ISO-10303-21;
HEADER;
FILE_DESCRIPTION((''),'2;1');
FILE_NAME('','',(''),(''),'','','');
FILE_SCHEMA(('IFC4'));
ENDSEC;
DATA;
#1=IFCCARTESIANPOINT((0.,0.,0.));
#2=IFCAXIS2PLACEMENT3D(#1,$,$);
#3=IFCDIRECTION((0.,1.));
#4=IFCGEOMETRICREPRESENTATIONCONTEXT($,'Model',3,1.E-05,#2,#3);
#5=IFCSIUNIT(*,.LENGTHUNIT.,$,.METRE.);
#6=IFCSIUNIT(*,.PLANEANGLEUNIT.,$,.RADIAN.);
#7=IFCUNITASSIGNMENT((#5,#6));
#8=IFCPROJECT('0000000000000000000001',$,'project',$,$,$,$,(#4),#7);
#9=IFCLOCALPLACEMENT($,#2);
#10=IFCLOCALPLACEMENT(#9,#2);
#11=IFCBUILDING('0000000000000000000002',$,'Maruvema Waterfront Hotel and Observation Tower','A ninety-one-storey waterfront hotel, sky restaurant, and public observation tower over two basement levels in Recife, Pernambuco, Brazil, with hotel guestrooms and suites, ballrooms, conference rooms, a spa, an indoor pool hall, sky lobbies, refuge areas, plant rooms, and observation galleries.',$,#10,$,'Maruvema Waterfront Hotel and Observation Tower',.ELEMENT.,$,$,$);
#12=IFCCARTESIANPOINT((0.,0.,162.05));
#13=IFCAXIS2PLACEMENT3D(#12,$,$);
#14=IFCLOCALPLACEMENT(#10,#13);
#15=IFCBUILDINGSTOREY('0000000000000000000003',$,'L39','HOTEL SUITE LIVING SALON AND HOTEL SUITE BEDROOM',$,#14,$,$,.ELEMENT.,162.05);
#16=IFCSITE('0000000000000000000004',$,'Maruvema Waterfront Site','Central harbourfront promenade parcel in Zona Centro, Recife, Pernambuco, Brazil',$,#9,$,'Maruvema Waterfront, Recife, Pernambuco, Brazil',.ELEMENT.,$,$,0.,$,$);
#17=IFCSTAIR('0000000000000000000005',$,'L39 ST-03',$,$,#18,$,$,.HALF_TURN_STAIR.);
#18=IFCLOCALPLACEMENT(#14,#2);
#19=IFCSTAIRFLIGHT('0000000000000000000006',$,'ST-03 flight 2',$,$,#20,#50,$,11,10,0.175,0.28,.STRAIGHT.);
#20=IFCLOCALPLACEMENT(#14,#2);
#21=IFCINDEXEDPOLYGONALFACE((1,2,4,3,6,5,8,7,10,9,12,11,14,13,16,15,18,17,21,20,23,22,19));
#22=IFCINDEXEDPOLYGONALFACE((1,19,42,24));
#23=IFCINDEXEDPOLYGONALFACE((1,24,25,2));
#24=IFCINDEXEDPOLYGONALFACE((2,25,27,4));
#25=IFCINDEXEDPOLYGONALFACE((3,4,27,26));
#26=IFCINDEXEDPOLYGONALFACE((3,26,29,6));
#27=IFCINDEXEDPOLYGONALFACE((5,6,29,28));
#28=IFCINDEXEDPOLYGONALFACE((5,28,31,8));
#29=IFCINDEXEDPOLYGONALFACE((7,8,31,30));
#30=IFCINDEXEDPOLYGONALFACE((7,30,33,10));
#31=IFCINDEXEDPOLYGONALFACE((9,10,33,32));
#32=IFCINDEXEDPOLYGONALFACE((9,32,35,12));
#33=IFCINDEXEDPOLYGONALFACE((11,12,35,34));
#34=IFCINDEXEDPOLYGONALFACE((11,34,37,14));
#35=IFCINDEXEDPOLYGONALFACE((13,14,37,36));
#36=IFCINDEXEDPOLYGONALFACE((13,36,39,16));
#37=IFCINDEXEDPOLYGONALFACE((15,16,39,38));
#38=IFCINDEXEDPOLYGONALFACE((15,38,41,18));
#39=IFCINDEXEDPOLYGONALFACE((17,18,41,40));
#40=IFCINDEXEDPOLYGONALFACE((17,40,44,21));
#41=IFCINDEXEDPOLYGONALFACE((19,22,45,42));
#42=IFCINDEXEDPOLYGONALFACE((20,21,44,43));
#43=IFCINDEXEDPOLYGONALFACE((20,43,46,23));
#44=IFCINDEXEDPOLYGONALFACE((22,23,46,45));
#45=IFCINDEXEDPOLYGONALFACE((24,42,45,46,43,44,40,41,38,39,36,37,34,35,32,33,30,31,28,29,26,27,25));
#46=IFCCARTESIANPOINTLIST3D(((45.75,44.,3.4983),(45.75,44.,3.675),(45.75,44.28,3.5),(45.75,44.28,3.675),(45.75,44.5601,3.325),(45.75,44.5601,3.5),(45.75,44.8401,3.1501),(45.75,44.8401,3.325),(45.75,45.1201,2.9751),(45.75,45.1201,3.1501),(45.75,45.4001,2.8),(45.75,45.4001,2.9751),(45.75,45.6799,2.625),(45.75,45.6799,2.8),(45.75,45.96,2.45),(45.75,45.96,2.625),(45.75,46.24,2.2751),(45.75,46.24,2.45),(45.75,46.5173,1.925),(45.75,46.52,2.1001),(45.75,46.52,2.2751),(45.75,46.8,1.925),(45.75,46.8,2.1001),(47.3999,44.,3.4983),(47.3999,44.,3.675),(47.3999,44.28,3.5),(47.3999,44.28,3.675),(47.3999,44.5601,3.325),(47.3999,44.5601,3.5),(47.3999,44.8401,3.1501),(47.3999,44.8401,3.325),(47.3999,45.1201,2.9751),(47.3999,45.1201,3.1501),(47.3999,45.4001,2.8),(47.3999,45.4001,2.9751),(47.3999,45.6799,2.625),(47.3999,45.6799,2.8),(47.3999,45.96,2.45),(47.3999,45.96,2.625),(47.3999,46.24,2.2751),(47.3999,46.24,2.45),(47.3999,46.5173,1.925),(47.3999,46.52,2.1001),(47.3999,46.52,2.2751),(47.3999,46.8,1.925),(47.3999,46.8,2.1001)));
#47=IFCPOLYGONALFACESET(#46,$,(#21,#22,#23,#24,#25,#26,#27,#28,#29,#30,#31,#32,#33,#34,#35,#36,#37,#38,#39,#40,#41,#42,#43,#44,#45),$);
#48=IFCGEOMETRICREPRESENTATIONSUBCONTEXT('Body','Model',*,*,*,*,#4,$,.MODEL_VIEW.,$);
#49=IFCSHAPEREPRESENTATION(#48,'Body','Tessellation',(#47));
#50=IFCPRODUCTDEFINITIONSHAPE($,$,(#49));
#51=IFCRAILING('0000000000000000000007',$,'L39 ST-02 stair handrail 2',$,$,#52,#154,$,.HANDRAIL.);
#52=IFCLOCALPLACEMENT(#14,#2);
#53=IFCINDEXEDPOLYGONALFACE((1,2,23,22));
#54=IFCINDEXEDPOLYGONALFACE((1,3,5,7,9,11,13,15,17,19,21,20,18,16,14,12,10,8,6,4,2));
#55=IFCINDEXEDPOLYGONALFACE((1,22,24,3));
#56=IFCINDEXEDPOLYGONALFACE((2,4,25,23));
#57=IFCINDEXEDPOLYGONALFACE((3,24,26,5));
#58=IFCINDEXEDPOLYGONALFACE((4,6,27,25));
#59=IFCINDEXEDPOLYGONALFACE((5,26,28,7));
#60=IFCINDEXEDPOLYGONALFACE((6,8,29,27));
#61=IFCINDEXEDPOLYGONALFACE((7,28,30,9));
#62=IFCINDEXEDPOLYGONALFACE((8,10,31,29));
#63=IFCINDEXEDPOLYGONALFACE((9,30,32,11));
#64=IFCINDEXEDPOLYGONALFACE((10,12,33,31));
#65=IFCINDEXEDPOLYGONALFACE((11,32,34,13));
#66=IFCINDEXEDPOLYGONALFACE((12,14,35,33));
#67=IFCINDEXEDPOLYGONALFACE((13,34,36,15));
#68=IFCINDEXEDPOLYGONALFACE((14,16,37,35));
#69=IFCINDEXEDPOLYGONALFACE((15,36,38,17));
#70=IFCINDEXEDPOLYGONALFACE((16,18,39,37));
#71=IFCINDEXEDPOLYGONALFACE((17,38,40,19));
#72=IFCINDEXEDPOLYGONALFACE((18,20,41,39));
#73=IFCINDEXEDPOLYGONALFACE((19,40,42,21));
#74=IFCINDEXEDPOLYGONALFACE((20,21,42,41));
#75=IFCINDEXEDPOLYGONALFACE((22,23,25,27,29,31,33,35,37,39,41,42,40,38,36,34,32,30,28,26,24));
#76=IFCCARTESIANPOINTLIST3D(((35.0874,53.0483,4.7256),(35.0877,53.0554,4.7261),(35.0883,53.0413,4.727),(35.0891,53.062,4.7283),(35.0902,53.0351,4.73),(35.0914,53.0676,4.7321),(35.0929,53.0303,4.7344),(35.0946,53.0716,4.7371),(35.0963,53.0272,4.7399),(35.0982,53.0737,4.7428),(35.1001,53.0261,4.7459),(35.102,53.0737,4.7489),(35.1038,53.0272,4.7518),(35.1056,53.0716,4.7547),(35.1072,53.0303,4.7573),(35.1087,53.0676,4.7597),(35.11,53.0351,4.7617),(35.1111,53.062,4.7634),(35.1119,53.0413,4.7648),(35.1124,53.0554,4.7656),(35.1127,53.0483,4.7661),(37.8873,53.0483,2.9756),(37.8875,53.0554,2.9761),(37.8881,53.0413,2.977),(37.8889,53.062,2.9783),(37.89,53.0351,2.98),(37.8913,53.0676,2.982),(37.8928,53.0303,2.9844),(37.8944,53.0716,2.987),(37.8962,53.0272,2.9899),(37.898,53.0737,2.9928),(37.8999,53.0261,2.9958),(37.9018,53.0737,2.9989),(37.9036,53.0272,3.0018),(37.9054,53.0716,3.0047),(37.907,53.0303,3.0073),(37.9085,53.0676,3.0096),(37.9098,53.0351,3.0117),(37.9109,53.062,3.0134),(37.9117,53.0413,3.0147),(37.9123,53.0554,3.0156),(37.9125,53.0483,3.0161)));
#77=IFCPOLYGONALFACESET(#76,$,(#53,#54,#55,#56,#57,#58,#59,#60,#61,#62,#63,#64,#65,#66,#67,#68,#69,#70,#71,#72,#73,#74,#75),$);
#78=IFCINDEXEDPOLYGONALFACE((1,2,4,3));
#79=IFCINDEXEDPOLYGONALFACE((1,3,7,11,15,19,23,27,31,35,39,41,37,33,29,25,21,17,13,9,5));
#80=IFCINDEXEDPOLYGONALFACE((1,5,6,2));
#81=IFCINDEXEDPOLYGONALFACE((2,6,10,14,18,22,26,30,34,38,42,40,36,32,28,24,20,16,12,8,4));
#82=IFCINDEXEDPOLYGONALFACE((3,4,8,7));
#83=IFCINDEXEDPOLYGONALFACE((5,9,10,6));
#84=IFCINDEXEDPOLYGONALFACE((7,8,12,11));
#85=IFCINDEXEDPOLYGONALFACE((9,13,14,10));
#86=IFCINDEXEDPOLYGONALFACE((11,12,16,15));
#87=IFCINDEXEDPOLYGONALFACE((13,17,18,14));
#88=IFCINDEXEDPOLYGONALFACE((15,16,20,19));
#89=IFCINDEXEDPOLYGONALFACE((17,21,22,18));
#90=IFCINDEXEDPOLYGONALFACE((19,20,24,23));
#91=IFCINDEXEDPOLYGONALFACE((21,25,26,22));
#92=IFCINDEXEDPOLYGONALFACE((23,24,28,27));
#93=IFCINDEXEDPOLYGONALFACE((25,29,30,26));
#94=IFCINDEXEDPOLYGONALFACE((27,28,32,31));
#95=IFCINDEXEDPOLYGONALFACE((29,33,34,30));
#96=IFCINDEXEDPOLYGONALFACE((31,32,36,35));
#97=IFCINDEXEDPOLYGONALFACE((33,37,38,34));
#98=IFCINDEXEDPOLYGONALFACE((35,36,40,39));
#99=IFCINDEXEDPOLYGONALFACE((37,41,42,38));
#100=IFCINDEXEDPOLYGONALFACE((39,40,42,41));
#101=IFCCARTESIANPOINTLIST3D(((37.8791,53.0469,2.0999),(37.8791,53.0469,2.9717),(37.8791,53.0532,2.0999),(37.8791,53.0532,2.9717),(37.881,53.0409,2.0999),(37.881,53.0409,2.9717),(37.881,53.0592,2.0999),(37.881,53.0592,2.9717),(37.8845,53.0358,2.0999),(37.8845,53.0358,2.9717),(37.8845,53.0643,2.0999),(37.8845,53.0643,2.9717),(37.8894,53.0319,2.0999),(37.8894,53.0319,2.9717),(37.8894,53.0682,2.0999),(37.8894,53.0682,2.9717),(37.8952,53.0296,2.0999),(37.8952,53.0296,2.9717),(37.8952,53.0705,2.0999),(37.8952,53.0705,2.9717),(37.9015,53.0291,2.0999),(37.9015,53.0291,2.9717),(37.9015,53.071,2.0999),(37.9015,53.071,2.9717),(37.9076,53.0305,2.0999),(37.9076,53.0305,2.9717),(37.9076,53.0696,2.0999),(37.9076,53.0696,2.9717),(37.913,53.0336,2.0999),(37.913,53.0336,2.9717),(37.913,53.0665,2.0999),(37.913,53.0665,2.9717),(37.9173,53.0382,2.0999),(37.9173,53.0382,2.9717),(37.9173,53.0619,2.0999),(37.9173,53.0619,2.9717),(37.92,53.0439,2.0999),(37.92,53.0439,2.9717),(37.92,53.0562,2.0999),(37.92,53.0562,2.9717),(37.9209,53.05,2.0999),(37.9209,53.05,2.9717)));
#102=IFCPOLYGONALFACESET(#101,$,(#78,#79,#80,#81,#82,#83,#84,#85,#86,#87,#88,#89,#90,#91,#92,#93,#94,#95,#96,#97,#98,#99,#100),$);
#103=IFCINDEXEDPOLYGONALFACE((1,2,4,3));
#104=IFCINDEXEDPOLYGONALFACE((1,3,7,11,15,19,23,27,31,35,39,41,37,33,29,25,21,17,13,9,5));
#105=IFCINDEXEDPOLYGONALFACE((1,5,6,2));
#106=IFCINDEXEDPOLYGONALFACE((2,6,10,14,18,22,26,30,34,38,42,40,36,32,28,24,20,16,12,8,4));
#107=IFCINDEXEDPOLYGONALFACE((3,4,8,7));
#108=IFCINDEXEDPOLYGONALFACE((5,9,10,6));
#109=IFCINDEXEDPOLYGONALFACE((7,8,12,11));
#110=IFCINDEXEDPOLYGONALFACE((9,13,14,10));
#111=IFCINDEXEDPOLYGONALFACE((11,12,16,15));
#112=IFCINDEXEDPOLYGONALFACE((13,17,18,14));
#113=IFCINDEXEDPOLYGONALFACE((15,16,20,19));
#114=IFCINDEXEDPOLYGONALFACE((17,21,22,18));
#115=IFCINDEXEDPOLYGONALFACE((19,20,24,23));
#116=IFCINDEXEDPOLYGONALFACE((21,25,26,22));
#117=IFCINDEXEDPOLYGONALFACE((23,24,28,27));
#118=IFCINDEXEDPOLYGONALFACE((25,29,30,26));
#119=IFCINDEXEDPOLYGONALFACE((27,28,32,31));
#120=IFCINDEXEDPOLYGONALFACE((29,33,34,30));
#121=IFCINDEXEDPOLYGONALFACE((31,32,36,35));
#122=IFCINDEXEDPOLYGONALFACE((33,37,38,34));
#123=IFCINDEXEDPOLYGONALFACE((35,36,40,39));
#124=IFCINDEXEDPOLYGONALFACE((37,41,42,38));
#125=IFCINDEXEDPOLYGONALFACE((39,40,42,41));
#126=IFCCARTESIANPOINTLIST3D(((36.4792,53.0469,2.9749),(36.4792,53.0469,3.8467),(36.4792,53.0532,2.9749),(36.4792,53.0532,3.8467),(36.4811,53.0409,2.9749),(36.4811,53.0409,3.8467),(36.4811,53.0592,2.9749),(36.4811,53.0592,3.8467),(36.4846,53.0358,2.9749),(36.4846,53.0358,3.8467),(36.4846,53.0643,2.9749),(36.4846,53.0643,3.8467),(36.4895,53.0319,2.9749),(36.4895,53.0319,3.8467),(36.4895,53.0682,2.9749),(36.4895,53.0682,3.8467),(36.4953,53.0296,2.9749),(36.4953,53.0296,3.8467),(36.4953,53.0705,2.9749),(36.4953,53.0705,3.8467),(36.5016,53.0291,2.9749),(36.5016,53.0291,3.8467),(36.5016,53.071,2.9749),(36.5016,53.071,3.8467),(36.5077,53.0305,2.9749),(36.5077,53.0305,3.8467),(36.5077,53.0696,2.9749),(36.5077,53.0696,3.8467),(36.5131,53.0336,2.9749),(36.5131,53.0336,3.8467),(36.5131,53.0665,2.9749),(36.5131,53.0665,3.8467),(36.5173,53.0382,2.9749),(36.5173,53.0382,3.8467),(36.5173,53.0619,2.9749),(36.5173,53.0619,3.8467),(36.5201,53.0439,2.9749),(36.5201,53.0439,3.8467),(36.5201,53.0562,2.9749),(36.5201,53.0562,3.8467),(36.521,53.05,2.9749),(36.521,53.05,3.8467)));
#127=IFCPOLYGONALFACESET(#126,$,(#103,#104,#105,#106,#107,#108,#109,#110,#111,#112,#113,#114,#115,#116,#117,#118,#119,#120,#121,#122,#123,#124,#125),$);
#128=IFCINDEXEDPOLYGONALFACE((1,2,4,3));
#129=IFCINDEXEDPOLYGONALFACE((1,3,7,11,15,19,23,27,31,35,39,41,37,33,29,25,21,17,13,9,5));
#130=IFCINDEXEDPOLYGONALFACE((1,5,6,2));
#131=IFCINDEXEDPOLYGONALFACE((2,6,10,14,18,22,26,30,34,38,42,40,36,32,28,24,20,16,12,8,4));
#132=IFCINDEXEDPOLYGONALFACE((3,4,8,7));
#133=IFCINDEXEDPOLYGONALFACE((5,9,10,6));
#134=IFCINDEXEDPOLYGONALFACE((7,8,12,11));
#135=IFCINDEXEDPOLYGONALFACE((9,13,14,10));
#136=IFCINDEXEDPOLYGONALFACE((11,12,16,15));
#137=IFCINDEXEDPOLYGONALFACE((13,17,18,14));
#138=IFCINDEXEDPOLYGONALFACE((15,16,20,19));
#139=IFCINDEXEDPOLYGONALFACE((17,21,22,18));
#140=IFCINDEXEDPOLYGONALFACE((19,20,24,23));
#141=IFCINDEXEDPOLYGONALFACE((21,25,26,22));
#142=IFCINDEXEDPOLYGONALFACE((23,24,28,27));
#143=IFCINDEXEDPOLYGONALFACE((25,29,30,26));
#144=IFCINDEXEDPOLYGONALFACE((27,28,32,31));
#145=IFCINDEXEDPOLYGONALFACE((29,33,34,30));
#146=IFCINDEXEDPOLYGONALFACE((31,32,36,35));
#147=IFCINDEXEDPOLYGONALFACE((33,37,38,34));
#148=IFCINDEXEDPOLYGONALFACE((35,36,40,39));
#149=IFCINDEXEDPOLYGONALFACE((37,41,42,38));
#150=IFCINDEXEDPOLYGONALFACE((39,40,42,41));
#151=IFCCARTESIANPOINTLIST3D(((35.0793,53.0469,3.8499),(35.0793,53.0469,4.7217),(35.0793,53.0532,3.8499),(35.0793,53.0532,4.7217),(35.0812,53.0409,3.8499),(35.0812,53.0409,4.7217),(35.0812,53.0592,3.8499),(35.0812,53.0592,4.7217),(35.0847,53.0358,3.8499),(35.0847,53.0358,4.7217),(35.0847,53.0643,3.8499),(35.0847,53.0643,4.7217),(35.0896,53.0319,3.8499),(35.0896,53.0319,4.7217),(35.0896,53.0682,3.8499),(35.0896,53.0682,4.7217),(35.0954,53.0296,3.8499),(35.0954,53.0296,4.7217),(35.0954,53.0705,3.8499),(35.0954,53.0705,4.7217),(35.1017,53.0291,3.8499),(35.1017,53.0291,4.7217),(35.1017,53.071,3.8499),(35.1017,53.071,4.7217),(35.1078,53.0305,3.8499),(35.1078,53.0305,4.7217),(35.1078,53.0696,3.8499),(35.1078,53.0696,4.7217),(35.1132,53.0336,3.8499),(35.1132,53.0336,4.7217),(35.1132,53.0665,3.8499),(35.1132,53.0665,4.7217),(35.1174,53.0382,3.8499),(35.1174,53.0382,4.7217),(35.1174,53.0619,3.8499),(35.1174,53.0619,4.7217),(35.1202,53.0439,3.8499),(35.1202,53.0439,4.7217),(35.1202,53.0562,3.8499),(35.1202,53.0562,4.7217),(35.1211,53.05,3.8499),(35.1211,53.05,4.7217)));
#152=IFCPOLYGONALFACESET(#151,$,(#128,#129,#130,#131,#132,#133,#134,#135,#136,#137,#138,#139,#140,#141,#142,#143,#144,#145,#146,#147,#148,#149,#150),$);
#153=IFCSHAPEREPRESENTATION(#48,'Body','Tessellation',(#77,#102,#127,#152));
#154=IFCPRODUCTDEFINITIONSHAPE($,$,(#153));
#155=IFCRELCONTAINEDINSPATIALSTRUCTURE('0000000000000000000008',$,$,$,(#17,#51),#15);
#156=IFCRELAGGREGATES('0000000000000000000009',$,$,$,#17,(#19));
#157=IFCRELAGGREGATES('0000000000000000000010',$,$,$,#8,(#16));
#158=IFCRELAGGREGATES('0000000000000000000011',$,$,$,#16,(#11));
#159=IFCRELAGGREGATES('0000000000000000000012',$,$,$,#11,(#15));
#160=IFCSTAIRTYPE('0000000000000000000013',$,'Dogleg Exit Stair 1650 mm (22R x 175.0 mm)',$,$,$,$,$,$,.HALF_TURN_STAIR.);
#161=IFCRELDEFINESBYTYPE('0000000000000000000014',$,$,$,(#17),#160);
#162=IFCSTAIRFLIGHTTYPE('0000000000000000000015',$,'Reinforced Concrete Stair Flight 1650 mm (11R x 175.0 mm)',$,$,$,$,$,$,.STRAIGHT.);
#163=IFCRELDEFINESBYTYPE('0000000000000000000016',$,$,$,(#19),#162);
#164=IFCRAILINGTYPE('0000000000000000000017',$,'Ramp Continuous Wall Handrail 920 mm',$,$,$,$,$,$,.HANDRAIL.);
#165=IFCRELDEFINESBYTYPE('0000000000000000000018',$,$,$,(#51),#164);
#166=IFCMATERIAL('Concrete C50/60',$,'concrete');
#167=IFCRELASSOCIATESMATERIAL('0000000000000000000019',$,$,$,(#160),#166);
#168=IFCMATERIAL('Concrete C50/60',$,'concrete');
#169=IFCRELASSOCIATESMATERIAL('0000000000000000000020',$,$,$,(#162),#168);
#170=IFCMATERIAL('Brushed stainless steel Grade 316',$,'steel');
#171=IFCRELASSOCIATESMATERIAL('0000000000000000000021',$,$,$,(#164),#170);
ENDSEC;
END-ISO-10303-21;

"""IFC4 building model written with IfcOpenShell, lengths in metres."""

from ifc_helpers import new_model, si_unit, direction, frame, origin, origin_2d, place, context, subcontext, project, spatial, polyline, circle, outline, extrude, material, type_object, element, aggregate, save


model = new_model("IFC4")

# Units and contexts
model_context = context("Model", 3, precision=1e-05, world=origin(), true_north=direction((0.0, 1.0)))
body_context = subcontext(model_context, "Body", "Model", "MODEL_VIEW")
ifc_project = project(units=[si_unit("LENGTHUNIT", "METRE"), si_unit("PLANEANGLEUNIT", "RADIAN")], contexts=[model_context])

# Site, building, storey
site_placement = place(None, origin())
site = spatial("IfcSite", under=ifc_project, at=site_placement, Name="Maruvema Waterfront Site", Description="Central harbourfront promenade parcel in Zona Centro, Recife, Pernambuco, Brazil", LongName="Maruvema Waterfront, Recife, Pernambuco, Brazil", CompositionType="ELEMENT", RefElevation=0.0)
building_placement = place(site_placement, origin())
building = spatial("IfcBuilding", under=site, at=building_placement, Name="Maruvema Waterfront Hotel and Observation Tower", Description="A ninety-one-storey waterfront hotel, sky restaurant, and public observation tower over two basement levels in Recife, Pernambuco, Brazil, with hotel guestrooms and suites, ballrooms, conference rooms, a spa, an indoor pool hall, sky lobbies, refuge areas, plant rooms, and observation galleries.", LongName="Maruvema Waterfront Hotel and Observation Tower", CompositionType="ELEMENT")
storey_placement = place(building_placement, frame((0.0, 0.0, 162.05)))
storey = spatial("IfcBuildingStorey", under=building, at=storey_placement, Name="L39", Description="HOTEL SUITE LIVING SALON AND HOTEL SUITE BEDROOM", CompositionType="ELEMENT", Elevation=162.05)

# Stair, stair flight
ifc_material_1 = material(Name="Concrete C50/60", Category="concrete")
stair_type = type_object("IfcStairType", Name="Dogleg Exit Stair 1650 mm (22R x 175.0 mm)", PredefinedType="HALF_TURN_STAIR", material=ifc_material_1)
ifc_material_2 = material(Name="Concrete C50/60", Category="concrete")
stair_flight_type = type_object("IfcStairFlightType", Name="Reinforced Concrete Stair Flight 1650 mm (11R x 175.0 mm)", PredefinedType="STRAIGHT", material=ifc_material_2)
stair_1_placement = place(storey_placement, origin())
stair_1 = element("IfcStair", 1, at=stair_1_placement, inside=storey, type_object=stair_type, Name="L39 ST-03", PredefinedType="HALF_TURN_STAIR")
stair_flight_1_placement = place(storey_placement, frame((46.575, 46.8, 1.925), z_axis=(0.0, 0.0, 1.0), x_axis=(0.0, -1.0, 0.0)))
stair_flight_1 = element("IfcStairFlight", 2, at=stair_flight_1_placement, type_object=stair_flight_type, Name="ST-03 flight 2", NumberOfRisers=11, NumberOfTreads=10, PredefinedType="STRAIGHT", RiserHeight=0.175, TreadLength=0.28, context=body_context, shape_type="SweptSolid", body=[
    extrude(outline(polyline([(0.0, 0.0), (0.0, 0.175), (0.28, 0.175), (0.28, 0.3501), (0.5601, 0.3501), (0.5601, 0.5249), (0.8401, 0.5249), (0.8401, 0.7), (1.1201, 0.7), (1.1201, 0.875), (1.3999, 0.875), (1.3999, 1.05), (1.6799, 1.05), (1.6799, 1.2251), (1.96, 1.2251), (1.96, 1.3999), (2.24, 1.3999), (2.24, 1.575), (2.52, 1.575), (2.52, 1.75), (2.8, 1.75), (2.8, 1.925), (2.8, 1.5732), (0.2827, 0.0), (0.0, 0.0)])), frame((0.0, 0.825, 0.0), z_axis=(0.0, -1.0, 0.0), x_axis=(1.0, 0.0, 0.0)), (0.0, 0.0, 1.0), 1.6499),
])
aggregate(stair_1, [stair_flight_1])

# Railing
ifc_material_3 = material(Name="Brushed stainless steel Grade 316", Category="steel")
railing_type_1 = type_object("IfcRailingType", Name="Ramp Continuous Wall Handrail 920 mm", PredefinedType="HANDRAIL", material=ifc_material_3)
railing_1_placement = place(storey_placement, frame((37.8999, 53.05, 2.0999)))
element("IfcRailing", 3, at=railing_1_placement, inside=storey, type_object=railing_type_1, Name="L39 ST-02 stair handrail 2", PredefinedType="HANDRAIL", context=body_context, shape_type="SweptSolid", body=[
    extrude(circle(Radius=0.0239, at=origin_2d()), frame((0.0, 0.0, 0.896), z_axis=(-0.847982, 0.0, 0.530026), x_axis=(0.0, -1.0, 0.0)), (0.0, 0.0, 1.0), 3.3018),
    extrude(circle(Radius=0.021, at=origin_2d()), origin(), (0.0, 0.0, 1.0), 0.8718),
    extrude(circle(Radius=0.021, at=origin_2d()), frame((-1.3999, 0.0, 0.875)), (0.0, 0.0, 1.0), 0.8718),
    extrude(circle(Radius=0.021, at=origin_2d()), frame((-2.7998, 0.0, 1.75)), (0.0, 0.0, 1.0), 0.8718),
])

save(model, "model.ifc")
